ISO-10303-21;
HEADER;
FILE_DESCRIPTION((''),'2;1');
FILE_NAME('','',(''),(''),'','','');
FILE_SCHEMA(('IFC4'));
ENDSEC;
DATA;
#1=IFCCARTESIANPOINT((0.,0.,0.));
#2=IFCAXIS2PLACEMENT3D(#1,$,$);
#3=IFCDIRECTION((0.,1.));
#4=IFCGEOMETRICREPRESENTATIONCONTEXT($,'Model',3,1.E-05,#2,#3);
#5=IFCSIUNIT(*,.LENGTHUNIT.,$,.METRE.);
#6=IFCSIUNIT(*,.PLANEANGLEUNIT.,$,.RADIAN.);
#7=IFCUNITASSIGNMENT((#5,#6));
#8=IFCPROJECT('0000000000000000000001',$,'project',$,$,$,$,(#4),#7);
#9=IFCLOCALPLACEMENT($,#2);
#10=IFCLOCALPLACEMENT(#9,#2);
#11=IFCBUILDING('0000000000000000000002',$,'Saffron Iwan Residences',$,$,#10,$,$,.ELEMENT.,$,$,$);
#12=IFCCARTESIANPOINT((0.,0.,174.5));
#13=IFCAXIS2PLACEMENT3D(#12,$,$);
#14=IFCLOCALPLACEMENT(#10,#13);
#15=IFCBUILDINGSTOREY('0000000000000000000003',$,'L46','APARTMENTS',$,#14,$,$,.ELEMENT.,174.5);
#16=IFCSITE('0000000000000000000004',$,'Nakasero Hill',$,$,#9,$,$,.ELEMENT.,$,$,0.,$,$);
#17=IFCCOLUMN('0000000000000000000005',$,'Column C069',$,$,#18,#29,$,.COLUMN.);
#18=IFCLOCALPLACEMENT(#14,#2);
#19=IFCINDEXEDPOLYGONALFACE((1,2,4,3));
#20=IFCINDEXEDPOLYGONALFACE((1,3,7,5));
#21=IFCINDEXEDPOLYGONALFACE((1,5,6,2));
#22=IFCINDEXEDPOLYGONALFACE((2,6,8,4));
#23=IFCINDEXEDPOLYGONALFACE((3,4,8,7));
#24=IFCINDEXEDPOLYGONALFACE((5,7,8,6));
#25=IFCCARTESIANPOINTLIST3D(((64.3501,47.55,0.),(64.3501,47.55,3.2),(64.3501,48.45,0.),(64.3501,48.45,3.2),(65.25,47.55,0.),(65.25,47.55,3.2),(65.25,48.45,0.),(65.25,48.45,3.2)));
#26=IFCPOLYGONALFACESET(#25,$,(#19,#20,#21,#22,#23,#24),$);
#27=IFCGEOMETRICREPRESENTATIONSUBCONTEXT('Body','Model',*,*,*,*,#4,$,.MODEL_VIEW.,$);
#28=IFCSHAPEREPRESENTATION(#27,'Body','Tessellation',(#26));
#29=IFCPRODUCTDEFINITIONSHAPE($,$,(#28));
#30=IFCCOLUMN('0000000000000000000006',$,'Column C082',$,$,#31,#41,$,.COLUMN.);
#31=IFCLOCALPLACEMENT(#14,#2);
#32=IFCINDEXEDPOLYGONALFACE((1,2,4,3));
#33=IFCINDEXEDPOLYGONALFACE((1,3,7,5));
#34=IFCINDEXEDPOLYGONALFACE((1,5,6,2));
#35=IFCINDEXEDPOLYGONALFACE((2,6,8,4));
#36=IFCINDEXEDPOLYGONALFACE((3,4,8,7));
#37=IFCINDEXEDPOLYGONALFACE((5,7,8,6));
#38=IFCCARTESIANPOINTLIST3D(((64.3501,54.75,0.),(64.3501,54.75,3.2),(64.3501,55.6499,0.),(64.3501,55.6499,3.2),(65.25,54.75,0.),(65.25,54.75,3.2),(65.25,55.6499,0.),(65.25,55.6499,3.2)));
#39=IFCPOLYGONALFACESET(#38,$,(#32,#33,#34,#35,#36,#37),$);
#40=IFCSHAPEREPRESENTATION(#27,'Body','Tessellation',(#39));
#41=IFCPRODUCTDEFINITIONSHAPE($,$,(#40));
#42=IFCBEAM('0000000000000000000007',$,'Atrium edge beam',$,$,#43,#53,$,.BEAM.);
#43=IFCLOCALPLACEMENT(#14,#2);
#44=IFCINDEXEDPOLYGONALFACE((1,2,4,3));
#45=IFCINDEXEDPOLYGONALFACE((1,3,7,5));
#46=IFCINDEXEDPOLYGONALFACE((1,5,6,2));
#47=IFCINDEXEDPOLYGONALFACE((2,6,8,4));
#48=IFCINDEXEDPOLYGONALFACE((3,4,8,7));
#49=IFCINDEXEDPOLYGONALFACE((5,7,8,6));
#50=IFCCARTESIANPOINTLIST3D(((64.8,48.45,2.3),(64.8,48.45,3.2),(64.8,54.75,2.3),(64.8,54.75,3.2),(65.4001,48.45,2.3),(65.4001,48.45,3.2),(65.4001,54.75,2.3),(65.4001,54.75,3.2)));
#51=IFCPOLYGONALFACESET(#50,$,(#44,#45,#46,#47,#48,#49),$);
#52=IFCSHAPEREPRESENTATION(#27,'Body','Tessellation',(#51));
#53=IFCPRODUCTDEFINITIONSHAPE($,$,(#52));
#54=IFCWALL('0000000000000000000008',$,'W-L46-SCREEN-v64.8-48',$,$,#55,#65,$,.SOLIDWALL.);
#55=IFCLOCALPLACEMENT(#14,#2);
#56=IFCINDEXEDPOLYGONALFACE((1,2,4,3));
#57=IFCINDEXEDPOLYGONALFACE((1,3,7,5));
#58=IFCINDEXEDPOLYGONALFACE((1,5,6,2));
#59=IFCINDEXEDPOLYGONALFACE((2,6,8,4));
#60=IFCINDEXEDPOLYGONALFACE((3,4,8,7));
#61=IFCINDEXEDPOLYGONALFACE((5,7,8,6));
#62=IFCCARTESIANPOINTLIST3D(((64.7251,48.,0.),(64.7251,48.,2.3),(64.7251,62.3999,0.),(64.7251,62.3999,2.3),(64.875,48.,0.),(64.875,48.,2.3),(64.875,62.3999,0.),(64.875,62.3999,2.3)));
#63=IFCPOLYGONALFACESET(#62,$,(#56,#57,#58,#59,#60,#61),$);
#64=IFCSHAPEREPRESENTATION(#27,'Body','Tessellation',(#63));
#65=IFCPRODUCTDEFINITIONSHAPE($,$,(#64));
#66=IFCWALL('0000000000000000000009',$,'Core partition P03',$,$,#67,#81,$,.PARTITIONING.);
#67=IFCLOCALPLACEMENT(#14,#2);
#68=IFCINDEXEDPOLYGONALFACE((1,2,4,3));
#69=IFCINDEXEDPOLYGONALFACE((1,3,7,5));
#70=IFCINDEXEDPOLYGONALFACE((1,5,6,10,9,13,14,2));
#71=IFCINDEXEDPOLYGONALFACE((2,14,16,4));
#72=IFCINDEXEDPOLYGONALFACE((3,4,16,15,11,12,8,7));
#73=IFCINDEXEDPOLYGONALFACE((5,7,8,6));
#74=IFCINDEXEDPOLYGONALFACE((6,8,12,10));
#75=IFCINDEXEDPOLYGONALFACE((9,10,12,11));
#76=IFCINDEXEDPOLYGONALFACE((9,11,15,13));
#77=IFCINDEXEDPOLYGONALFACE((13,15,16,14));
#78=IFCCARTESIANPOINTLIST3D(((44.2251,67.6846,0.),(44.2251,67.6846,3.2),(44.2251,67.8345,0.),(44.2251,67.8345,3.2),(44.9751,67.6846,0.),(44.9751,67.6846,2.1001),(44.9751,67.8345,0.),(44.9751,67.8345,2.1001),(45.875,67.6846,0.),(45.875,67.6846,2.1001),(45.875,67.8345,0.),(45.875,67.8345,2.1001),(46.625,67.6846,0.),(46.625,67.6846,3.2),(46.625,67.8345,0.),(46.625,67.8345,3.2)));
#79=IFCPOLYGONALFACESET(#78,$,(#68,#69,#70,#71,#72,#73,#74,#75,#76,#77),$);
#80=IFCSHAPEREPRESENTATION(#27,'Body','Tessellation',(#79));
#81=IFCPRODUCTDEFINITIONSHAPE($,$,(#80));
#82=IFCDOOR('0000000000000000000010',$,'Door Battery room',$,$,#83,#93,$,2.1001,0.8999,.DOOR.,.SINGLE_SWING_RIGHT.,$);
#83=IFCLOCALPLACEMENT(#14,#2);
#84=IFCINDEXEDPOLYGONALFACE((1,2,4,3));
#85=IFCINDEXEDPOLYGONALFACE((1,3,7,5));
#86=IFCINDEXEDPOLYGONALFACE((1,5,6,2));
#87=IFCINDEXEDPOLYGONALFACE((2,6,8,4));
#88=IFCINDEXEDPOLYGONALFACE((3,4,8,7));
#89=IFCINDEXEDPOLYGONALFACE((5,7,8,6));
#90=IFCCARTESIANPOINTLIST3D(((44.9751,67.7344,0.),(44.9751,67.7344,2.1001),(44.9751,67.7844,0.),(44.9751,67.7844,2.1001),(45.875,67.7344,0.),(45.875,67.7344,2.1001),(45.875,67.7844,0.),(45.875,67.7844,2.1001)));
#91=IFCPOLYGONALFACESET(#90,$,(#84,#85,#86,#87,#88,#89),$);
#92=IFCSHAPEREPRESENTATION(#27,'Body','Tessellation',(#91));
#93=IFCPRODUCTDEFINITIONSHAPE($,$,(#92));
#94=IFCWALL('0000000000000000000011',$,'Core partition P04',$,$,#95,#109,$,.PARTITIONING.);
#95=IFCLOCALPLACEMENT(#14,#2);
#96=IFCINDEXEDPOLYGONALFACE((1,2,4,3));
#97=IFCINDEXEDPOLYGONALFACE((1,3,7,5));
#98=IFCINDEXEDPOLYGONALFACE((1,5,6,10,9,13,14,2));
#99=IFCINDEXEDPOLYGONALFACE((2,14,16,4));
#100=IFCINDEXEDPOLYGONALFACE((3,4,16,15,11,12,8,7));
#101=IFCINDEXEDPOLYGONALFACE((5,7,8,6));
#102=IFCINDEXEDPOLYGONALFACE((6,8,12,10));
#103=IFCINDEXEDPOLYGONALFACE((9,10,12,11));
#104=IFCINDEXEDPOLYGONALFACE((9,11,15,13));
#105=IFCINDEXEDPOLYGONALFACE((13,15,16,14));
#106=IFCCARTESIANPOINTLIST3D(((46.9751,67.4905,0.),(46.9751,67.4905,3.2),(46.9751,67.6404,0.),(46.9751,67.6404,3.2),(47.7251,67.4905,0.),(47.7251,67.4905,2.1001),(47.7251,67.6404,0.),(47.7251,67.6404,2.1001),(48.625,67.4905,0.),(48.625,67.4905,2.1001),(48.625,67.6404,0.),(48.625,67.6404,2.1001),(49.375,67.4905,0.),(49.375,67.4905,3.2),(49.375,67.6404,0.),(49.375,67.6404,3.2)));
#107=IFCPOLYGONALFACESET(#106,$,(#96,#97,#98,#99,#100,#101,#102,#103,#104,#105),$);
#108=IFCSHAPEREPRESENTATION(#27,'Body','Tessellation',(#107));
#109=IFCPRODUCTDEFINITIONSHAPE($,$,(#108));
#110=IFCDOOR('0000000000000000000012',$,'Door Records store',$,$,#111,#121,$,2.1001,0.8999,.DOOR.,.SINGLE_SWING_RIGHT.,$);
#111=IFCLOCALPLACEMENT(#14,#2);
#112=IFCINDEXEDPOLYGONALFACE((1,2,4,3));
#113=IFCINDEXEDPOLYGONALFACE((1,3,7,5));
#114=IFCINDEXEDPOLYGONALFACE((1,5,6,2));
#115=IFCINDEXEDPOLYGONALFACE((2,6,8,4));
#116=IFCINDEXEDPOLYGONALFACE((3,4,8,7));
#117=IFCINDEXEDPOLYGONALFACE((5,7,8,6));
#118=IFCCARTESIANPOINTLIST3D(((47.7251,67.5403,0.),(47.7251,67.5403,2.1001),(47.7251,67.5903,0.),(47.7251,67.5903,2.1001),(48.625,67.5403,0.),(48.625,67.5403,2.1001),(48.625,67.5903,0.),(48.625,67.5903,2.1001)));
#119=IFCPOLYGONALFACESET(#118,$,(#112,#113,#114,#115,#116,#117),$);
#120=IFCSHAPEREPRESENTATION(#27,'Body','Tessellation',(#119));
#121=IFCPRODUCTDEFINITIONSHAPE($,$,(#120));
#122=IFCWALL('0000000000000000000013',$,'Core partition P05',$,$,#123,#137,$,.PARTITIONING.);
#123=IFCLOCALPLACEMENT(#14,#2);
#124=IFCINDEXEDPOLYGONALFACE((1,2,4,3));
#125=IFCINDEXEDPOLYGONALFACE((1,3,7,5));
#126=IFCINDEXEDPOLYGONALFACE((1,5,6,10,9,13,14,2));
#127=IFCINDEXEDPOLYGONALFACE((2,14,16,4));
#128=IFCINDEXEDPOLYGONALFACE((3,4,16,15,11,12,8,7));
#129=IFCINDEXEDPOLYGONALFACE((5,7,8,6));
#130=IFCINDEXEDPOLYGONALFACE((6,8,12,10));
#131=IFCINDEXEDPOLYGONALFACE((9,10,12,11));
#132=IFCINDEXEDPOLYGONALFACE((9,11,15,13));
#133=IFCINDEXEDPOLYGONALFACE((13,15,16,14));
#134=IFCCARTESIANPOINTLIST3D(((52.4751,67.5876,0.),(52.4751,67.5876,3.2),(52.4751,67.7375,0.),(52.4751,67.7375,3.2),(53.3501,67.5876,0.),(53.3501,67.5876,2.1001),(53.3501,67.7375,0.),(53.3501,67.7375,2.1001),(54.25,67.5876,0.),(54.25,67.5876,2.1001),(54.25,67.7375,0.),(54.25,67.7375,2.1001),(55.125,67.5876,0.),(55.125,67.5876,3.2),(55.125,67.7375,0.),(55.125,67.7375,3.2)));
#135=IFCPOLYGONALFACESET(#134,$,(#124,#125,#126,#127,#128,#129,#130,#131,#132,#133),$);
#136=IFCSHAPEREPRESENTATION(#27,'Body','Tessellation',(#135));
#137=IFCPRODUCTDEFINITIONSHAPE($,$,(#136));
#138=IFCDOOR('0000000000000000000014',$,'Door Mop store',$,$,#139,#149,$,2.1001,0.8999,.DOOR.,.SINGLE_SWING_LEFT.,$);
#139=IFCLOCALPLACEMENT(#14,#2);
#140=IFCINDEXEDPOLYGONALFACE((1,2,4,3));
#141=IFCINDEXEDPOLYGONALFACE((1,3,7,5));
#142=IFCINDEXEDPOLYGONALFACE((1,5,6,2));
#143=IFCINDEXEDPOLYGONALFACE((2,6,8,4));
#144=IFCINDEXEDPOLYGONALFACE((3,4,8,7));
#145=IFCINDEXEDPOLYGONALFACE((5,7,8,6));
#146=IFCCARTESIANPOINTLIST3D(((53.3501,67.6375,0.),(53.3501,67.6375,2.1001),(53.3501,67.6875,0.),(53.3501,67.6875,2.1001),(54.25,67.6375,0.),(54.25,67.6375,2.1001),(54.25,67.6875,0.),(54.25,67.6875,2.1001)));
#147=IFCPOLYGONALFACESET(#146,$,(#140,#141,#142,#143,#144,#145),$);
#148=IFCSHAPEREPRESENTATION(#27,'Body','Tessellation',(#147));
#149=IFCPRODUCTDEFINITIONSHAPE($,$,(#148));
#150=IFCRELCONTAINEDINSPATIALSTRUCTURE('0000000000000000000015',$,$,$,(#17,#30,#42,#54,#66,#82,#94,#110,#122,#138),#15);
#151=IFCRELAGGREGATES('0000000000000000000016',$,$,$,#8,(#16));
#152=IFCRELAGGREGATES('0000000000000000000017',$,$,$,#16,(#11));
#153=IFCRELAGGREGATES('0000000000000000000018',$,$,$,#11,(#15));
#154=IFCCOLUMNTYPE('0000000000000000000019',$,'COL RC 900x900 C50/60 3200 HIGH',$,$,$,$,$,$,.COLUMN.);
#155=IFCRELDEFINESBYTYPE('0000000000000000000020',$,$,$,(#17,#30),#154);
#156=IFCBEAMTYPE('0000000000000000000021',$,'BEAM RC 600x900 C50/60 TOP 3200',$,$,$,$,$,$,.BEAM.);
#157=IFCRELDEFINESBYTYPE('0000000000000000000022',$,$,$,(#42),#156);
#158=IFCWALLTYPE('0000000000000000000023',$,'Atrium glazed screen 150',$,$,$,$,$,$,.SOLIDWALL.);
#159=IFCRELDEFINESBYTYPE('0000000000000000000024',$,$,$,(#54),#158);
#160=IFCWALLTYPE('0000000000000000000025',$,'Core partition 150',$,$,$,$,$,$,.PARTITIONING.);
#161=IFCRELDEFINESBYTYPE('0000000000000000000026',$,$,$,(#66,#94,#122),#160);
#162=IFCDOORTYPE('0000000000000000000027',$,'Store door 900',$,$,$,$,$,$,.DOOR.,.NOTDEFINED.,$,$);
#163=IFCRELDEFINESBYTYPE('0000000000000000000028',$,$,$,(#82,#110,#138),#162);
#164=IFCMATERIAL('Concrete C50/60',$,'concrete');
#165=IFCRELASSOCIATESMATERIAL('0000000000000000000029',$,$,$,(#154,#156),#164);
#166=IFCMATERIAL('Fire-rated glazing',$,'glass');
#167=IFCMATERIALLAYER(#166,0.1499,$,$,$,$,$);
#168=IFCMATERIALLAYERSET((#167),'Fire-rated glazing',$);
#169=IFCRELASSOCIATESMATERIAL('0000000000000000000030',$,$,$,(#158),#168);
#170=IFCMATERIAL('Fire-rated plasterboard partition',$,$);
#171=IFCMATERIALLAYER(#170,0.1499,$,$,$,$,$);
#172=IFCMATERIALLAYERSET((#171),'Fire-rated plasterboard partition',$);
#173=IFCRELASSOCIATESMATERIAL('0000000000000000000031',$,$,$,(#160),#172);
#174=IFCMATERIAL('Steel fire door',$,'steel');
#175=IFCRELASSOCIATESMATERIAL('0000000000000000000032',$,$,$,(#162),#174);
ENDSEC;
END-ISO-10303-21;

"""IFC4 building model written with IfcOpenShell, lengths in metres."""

from ifc_helpers import new_model, si_unit, direction, frame, frame_2d, origin, origin_2d, place, context, subcontext, project, spatial, rectangle, extrude, source, transform, mapped, material, layer, layer_set, material_profile, profile_set, type_object, element, fill, save


model = new_model("IFC4")

# Units and contexts
model_context = context("Model", 3, precision=1e-05, world=origin(), true_north=direction((0.0, 1.0)))
body_context = subcontext(model_context, "Body", "Model", "MODEL_VIEW")
ifc_project = project(units=[si_unit("LENGTHUNIT", "METRE"), si_unit("PLANEANGLEUNIT", "RADIAN")], contexts=[model_context])

# Site, building, storey
site_placement = place(None, origin())
site = spatial("IfcSite", under=ifc_project, at=site_placement, Name="Nakasero Hill", CompositionType="ELEMENT", RefElevation=0.0)
building_placement = place(site_placement, origin())
building = spatial("IfcBuilding", under=site, at=building_placement, Name="Saffron Iwan Residences", CompositionType="ELEMENT")
storey_placement = place(building_placement, frame((0.0, 0.0, 174.5)))
storey = spatial("IfcBuildingStorey", under=building, at=storey_placement, Name="L46", Description="APARTMENTS", CompositionType="ELEMENT", Elevation=174.5)

# Columns
ifc_material_1 = material(Name="Concrete C50/60", Category="concrete")
ifc_material_profile_1 = material_profile(ifc_material_1, rectangle(XDim=0.8999, YDim=0.8999, at=origin_2d()), Name="RC 900x900")
ifc_profile_set_1 = profile_set([ifc_material_profile_1], Name="Concrete C50/60")
column_type = type_object("IfcColumnType", Name="COL RC 900x900 C50/60 3200 HIGH", PredefinedType="COLUMN", material=ifc_profile_set_1)
shared_shape_1 = source(origin(), body_context, "Body", "SweptSolid", [
    extrude(rectangle(XDim=0.8999, YDim=0.8999, at=origin_2d()), origin(), (0.0, 0.0, 1.0), 3.2),
])
for number, where, z_axis, x_axis, name in (
    (1, (64.8, 48.0, 0.0), (0.0, 0.0, 1.0), (1.0, 0.0, 0.0), "Column C069"),
    (2, (64.8, 55.2, 0.0), (0.0, 0.0, 1.0), (1.0, 0.0, 0.0), "Column C082"),
):
    element("IfcColumn", number, at=place(storey_placement, frame(where, z_axis=z_axis, x_axis=x_axis)), inside=storey, type_object=column_type, Name=name, PredefinedType="COLUMN", context=body_context, shape_type="MappedRepresentation", body=[
        mapped(shared_shape_1, transform((0.0, 0.0, 0.0))),
    ])

# Beam
ifc_material_profile_2 = material_profile(ifc_material_1, rectangle(XDim=0.6001, YDim=0.8999, at=origin_2d()), Name="RC 600x900")
ifc_profile_set_2 = profile_set([ifc_material_profile_2], Name="Concrete C50/60")
beam_type = type_object("IfcBeamType", Name="BEAM RC 600x900 C50/60 TOP 3200", PredefinedType="BEAM", material=ifc_profile_set_2)
shared_shape_2 = source(origin(), body_context, "Body", "SweptSolid", [
    extrude(rectangle(XDim=0.6001, YDim=0.8999, at=origin_2d()), origin(), (0.0, 0.0, 1.0), 6.3),
])
beam_placement = place(storey_placement, frame((65.1001, 54.75, 2.75), z_axis=(0.0, -1.0, 0.0), x_axis=(1.0, 0.0, 0.0)))
element("IfcBeam", 3, at=beam_placement, inside=storey, type_object=beam_type, Name="Atrium edge beam", PredefinedType="BEAM", context=body_context, shape_type="MappedRepresentation", body=[
    mapped(shared_shape_2, transform((0.0, 0.0, 0.0))),
])

# Wall
ifc_material_2 = material(Name="Fire-rated glazing", Category="glass")
ifc_layer_1 = layer(ifc_material_2, 0.1499)
ifc_layer_set_1 = layer_set([ifc_layer_1], Name="Fire-rated glazing")
wall_type_1 = type_object("IfcWallType", Name="Atrium glazed screen 150", PredefinedType="SOLIDWALL", material=ifc_layer_set_1)
wall_1_placement = place(storey_placement, frame((64.8, 48.0, 0.0), z_axis=(0.0, 0.0, 1.0), x_axis=(0.0, 1.0, 0.0)))
element("IfcWall", 4, at=wall_1_placement, inside=storey, type_object=wall_type_1, Name="W-L46-SCREEN-v64.8-48", PredefinedType="SOLIDWALL", context=body_context, shape_type="SweptSolid", body=[
    extrude(rectangle(XDim=14.3999, YDim=0.1499, at=frame_2d((7.2, 0.0))), origin(), (0.0, 0.0, 1.0), 2.3),
])

# Walls, openings, doors
ifc_material_3 = material(Name="Fire-rated plasterboard partition")
ifc_layer_2 = layer(ifc_material_3, 0.1499)
ifc_layer_set_2 = layer_set([ifc_layer_2], Name="Fire-rated plasterboard partition")
wall_type_2 = type_object("IfcWallType", Name="Core partition 150", PredefinedType="PARTITIONING", material=ifc_layer_set_2)
wall_2_placement = place(storey_placement, frame((44.2251, 67.7595, 0.0), z_axis=(0.0, 0.0, 1.0), x_axis=(1.0, 0.0, 0.0)))
wall_2 = element("IfcWall", 5, at=wall_2_placement, inside=storey, type_object=wall_type_2, Name="Core partition P03", PredefinedType="PARTITIONING", context=body_context, shape_type="SweptSolid", body=[
    extrude(rectangle(XDim=2.3999, YDim=0.1499, at=frame_2d((1.2, 0.0))), origin(), (0.0, 0.0, 1.0), 3.2),
])
opening_1_placement = place(wall_2_placement, frame((0.75, 0.0, 0.0)))
opening_1 = element("IfcOpeningElement", 6, at=opening_1_placement, cuts=wall_2, PredefinedType="OPENING", context=body_context, shape_type="SweptSolid", body=[
    extrude(rectangle(XDim=0.8999, YDim=2.1001, at=frame_2d((0.45, 1.05))), frame((0.0, 0.085, 0.0), z_axis=(0.0, -1.0, 0.0), x_axis=(1.0, 0.0, 0.0)), (0.0, 0.0, 1.0), 0.1699),
])
ifc_material_4 = material(Name="Steel fire door", Category="steel")
door_type_1 = type_object("IfcDoorType", Name="Store door 900", OperationType="NOTDEFINED", PredefinedType="DOOR", material=ifc_material_4)
door_1_placement = place(opening_1_placement, origin())
door_1 = element("IfcDoor", 7, at=door_1_placement, inside=storey, type_object=door_type_1, Name="Door Battery room", OperationType="SINGLE_SWING_RIGHT", OverallHeight=2.1001, OverallWidth=0.8999, PredefinedType="DOOR", context=body_context, shape_type="SweptSolid", body=[
    extrude(rectangle(XDim=0.8999, YDim=2.1001, at=frame_2d((0.45, 1.05))), frame((0.0, 0.0249, 0.0), z_axis=(0.0, -1.0, 0.0), x_axis=(1.0, 0.0, 0.0)), (0.0, 0.0, 1.0), 0.05),
])
fill(opening_1, door_1)
wall_3_placement = place(storey_placement, frame((46.9751, 67.5654, 0.0), z_axis=(0.0, 0.0, 1.0), x_axis=(1.0, 0.0, 0.0)))
wall_3 = element("IfcWall", 8, at=wall_3_placement, inside=storey, type_object=wall_type_2, Name="Core partition P04", PredefinedType="PARTITIONING", context=body_context, shape_type="SweptSolid", body=[
    extrude(rectangle(XDim=2.3999, YDim=0.1499, at=frame_2d((1.2, 0.0))), origin(), (0.0, 0.0, 1.0), 3.2),
])
opening_2_placement = place(wall_3_placement, frame((0.75, 0.0, 0.0)))
opening_2 = element("IfcOpeningElement", 9, at=opening_2_placement, cuts=wall_3, PredefinedType="OPENING", context=body_context, shape_type="SweptSolid", body=[
    extrude(rectangle(XDim=0.8999, YDim=2.1001, at=frame_2d((0.45, 1.05))), frame((0.0, 0.085, 0.0), z_axis=(0.0, -1.0, 0.0), x_axis=(1.0, 0.0, 0.0)), (0.0, 0.0, 1.0), 0.1699),
])
door_2_placement = place(opening_2_placement, origin())
door_2 = element("IfcDoor", 10, at=door_2_placement, inside=storey, type_object=door_type_1, Name="Door Records store", OperationType="SINGLE_SWING_RIGHT", OverallHeight=2.1001, OverallWidth=0.8999, PredefinedType="DOOR", context=body_context, shape_type="SweptSolid", body=[
    extrude(rectangle(XDim=0.8999, YDim=2.1001, at=frame_2d((0.45, 1.05))), frame((0.0, 0.0249, 0.0), z_axis=(0.0, -1.0, 0.0), x_axis=(1.0, 0.0, 0.0)), (0.0, 0.0, 1.0), 0.05),
])
fill(opening_2, door_2)
wall_4_placement = place(storey_placement, frame((52.4751, 67.6626, 0.0), z_axis=(0.0, 0.0, 1.0), x_axis=(1.0, 0.0, 0.0)))
wall_4 = element("IfcWall", 11, at=wall_4_placement, inside=storey, type_object=wall_type_2, Name="Core partition P05", PredefinedType="PARTITIONING", context=body_context, shape_type="SweptSolid", body=[
    extrude(rectangle(XDim=2.6499, YDim=0.1499, at=frame_2d((1.325, 0.0))), origin(), (0.0, 0.0, 1.0), 3.2),
])
opening_3_placement = place(wall_4_placement, frame((0.875, 0.0, 0.0)))
opening_3 = element("IfcOpeningElement", 12, at=opening_3_placement, cuts=wall_4, PredefinedType="OPENING", context=body_context, shape_type="SweptSolid", body=[
    extrude(rectangle(XDim=0.8999, YDim=2.1001, at=frame_2d((0.45, 1.05))), frame((0.0, 0.085, 0.0), z_axis=(0.0, -1.0, 0.0), x_axis=(1.0, 0.0, 0.0)), (0.0, 0.0, 1.0), 0.1699),
])
door_3_placement = place(opening_3_placement, origin())
door_3 = element("IfcDoor", 13, at=door_3_placement, inside=storey, type_object=door_type_1, Name="Door Mop store", OperationType="SINGLE_SWING_LEFT", OverallHeight=2.1001, OverallWidth=0.8999, PredefinedType="DOOR", context=body_context, shape_type="SweptSolid", body=[
    extrude(rectangle(XDim=0.8999, YDim=2.1001, at=frame_2d((0.45, 1.05))), frame((0.0, 0.0249, 0.0), z_axis=(0.0, -1.0, 0.0), x_axis=(1.0, 0.0, 0.0)), (0.0, 0.0, 1.0), 0.05),
])
fill(opening_3, door_3)

save(model, "model.ifc")
